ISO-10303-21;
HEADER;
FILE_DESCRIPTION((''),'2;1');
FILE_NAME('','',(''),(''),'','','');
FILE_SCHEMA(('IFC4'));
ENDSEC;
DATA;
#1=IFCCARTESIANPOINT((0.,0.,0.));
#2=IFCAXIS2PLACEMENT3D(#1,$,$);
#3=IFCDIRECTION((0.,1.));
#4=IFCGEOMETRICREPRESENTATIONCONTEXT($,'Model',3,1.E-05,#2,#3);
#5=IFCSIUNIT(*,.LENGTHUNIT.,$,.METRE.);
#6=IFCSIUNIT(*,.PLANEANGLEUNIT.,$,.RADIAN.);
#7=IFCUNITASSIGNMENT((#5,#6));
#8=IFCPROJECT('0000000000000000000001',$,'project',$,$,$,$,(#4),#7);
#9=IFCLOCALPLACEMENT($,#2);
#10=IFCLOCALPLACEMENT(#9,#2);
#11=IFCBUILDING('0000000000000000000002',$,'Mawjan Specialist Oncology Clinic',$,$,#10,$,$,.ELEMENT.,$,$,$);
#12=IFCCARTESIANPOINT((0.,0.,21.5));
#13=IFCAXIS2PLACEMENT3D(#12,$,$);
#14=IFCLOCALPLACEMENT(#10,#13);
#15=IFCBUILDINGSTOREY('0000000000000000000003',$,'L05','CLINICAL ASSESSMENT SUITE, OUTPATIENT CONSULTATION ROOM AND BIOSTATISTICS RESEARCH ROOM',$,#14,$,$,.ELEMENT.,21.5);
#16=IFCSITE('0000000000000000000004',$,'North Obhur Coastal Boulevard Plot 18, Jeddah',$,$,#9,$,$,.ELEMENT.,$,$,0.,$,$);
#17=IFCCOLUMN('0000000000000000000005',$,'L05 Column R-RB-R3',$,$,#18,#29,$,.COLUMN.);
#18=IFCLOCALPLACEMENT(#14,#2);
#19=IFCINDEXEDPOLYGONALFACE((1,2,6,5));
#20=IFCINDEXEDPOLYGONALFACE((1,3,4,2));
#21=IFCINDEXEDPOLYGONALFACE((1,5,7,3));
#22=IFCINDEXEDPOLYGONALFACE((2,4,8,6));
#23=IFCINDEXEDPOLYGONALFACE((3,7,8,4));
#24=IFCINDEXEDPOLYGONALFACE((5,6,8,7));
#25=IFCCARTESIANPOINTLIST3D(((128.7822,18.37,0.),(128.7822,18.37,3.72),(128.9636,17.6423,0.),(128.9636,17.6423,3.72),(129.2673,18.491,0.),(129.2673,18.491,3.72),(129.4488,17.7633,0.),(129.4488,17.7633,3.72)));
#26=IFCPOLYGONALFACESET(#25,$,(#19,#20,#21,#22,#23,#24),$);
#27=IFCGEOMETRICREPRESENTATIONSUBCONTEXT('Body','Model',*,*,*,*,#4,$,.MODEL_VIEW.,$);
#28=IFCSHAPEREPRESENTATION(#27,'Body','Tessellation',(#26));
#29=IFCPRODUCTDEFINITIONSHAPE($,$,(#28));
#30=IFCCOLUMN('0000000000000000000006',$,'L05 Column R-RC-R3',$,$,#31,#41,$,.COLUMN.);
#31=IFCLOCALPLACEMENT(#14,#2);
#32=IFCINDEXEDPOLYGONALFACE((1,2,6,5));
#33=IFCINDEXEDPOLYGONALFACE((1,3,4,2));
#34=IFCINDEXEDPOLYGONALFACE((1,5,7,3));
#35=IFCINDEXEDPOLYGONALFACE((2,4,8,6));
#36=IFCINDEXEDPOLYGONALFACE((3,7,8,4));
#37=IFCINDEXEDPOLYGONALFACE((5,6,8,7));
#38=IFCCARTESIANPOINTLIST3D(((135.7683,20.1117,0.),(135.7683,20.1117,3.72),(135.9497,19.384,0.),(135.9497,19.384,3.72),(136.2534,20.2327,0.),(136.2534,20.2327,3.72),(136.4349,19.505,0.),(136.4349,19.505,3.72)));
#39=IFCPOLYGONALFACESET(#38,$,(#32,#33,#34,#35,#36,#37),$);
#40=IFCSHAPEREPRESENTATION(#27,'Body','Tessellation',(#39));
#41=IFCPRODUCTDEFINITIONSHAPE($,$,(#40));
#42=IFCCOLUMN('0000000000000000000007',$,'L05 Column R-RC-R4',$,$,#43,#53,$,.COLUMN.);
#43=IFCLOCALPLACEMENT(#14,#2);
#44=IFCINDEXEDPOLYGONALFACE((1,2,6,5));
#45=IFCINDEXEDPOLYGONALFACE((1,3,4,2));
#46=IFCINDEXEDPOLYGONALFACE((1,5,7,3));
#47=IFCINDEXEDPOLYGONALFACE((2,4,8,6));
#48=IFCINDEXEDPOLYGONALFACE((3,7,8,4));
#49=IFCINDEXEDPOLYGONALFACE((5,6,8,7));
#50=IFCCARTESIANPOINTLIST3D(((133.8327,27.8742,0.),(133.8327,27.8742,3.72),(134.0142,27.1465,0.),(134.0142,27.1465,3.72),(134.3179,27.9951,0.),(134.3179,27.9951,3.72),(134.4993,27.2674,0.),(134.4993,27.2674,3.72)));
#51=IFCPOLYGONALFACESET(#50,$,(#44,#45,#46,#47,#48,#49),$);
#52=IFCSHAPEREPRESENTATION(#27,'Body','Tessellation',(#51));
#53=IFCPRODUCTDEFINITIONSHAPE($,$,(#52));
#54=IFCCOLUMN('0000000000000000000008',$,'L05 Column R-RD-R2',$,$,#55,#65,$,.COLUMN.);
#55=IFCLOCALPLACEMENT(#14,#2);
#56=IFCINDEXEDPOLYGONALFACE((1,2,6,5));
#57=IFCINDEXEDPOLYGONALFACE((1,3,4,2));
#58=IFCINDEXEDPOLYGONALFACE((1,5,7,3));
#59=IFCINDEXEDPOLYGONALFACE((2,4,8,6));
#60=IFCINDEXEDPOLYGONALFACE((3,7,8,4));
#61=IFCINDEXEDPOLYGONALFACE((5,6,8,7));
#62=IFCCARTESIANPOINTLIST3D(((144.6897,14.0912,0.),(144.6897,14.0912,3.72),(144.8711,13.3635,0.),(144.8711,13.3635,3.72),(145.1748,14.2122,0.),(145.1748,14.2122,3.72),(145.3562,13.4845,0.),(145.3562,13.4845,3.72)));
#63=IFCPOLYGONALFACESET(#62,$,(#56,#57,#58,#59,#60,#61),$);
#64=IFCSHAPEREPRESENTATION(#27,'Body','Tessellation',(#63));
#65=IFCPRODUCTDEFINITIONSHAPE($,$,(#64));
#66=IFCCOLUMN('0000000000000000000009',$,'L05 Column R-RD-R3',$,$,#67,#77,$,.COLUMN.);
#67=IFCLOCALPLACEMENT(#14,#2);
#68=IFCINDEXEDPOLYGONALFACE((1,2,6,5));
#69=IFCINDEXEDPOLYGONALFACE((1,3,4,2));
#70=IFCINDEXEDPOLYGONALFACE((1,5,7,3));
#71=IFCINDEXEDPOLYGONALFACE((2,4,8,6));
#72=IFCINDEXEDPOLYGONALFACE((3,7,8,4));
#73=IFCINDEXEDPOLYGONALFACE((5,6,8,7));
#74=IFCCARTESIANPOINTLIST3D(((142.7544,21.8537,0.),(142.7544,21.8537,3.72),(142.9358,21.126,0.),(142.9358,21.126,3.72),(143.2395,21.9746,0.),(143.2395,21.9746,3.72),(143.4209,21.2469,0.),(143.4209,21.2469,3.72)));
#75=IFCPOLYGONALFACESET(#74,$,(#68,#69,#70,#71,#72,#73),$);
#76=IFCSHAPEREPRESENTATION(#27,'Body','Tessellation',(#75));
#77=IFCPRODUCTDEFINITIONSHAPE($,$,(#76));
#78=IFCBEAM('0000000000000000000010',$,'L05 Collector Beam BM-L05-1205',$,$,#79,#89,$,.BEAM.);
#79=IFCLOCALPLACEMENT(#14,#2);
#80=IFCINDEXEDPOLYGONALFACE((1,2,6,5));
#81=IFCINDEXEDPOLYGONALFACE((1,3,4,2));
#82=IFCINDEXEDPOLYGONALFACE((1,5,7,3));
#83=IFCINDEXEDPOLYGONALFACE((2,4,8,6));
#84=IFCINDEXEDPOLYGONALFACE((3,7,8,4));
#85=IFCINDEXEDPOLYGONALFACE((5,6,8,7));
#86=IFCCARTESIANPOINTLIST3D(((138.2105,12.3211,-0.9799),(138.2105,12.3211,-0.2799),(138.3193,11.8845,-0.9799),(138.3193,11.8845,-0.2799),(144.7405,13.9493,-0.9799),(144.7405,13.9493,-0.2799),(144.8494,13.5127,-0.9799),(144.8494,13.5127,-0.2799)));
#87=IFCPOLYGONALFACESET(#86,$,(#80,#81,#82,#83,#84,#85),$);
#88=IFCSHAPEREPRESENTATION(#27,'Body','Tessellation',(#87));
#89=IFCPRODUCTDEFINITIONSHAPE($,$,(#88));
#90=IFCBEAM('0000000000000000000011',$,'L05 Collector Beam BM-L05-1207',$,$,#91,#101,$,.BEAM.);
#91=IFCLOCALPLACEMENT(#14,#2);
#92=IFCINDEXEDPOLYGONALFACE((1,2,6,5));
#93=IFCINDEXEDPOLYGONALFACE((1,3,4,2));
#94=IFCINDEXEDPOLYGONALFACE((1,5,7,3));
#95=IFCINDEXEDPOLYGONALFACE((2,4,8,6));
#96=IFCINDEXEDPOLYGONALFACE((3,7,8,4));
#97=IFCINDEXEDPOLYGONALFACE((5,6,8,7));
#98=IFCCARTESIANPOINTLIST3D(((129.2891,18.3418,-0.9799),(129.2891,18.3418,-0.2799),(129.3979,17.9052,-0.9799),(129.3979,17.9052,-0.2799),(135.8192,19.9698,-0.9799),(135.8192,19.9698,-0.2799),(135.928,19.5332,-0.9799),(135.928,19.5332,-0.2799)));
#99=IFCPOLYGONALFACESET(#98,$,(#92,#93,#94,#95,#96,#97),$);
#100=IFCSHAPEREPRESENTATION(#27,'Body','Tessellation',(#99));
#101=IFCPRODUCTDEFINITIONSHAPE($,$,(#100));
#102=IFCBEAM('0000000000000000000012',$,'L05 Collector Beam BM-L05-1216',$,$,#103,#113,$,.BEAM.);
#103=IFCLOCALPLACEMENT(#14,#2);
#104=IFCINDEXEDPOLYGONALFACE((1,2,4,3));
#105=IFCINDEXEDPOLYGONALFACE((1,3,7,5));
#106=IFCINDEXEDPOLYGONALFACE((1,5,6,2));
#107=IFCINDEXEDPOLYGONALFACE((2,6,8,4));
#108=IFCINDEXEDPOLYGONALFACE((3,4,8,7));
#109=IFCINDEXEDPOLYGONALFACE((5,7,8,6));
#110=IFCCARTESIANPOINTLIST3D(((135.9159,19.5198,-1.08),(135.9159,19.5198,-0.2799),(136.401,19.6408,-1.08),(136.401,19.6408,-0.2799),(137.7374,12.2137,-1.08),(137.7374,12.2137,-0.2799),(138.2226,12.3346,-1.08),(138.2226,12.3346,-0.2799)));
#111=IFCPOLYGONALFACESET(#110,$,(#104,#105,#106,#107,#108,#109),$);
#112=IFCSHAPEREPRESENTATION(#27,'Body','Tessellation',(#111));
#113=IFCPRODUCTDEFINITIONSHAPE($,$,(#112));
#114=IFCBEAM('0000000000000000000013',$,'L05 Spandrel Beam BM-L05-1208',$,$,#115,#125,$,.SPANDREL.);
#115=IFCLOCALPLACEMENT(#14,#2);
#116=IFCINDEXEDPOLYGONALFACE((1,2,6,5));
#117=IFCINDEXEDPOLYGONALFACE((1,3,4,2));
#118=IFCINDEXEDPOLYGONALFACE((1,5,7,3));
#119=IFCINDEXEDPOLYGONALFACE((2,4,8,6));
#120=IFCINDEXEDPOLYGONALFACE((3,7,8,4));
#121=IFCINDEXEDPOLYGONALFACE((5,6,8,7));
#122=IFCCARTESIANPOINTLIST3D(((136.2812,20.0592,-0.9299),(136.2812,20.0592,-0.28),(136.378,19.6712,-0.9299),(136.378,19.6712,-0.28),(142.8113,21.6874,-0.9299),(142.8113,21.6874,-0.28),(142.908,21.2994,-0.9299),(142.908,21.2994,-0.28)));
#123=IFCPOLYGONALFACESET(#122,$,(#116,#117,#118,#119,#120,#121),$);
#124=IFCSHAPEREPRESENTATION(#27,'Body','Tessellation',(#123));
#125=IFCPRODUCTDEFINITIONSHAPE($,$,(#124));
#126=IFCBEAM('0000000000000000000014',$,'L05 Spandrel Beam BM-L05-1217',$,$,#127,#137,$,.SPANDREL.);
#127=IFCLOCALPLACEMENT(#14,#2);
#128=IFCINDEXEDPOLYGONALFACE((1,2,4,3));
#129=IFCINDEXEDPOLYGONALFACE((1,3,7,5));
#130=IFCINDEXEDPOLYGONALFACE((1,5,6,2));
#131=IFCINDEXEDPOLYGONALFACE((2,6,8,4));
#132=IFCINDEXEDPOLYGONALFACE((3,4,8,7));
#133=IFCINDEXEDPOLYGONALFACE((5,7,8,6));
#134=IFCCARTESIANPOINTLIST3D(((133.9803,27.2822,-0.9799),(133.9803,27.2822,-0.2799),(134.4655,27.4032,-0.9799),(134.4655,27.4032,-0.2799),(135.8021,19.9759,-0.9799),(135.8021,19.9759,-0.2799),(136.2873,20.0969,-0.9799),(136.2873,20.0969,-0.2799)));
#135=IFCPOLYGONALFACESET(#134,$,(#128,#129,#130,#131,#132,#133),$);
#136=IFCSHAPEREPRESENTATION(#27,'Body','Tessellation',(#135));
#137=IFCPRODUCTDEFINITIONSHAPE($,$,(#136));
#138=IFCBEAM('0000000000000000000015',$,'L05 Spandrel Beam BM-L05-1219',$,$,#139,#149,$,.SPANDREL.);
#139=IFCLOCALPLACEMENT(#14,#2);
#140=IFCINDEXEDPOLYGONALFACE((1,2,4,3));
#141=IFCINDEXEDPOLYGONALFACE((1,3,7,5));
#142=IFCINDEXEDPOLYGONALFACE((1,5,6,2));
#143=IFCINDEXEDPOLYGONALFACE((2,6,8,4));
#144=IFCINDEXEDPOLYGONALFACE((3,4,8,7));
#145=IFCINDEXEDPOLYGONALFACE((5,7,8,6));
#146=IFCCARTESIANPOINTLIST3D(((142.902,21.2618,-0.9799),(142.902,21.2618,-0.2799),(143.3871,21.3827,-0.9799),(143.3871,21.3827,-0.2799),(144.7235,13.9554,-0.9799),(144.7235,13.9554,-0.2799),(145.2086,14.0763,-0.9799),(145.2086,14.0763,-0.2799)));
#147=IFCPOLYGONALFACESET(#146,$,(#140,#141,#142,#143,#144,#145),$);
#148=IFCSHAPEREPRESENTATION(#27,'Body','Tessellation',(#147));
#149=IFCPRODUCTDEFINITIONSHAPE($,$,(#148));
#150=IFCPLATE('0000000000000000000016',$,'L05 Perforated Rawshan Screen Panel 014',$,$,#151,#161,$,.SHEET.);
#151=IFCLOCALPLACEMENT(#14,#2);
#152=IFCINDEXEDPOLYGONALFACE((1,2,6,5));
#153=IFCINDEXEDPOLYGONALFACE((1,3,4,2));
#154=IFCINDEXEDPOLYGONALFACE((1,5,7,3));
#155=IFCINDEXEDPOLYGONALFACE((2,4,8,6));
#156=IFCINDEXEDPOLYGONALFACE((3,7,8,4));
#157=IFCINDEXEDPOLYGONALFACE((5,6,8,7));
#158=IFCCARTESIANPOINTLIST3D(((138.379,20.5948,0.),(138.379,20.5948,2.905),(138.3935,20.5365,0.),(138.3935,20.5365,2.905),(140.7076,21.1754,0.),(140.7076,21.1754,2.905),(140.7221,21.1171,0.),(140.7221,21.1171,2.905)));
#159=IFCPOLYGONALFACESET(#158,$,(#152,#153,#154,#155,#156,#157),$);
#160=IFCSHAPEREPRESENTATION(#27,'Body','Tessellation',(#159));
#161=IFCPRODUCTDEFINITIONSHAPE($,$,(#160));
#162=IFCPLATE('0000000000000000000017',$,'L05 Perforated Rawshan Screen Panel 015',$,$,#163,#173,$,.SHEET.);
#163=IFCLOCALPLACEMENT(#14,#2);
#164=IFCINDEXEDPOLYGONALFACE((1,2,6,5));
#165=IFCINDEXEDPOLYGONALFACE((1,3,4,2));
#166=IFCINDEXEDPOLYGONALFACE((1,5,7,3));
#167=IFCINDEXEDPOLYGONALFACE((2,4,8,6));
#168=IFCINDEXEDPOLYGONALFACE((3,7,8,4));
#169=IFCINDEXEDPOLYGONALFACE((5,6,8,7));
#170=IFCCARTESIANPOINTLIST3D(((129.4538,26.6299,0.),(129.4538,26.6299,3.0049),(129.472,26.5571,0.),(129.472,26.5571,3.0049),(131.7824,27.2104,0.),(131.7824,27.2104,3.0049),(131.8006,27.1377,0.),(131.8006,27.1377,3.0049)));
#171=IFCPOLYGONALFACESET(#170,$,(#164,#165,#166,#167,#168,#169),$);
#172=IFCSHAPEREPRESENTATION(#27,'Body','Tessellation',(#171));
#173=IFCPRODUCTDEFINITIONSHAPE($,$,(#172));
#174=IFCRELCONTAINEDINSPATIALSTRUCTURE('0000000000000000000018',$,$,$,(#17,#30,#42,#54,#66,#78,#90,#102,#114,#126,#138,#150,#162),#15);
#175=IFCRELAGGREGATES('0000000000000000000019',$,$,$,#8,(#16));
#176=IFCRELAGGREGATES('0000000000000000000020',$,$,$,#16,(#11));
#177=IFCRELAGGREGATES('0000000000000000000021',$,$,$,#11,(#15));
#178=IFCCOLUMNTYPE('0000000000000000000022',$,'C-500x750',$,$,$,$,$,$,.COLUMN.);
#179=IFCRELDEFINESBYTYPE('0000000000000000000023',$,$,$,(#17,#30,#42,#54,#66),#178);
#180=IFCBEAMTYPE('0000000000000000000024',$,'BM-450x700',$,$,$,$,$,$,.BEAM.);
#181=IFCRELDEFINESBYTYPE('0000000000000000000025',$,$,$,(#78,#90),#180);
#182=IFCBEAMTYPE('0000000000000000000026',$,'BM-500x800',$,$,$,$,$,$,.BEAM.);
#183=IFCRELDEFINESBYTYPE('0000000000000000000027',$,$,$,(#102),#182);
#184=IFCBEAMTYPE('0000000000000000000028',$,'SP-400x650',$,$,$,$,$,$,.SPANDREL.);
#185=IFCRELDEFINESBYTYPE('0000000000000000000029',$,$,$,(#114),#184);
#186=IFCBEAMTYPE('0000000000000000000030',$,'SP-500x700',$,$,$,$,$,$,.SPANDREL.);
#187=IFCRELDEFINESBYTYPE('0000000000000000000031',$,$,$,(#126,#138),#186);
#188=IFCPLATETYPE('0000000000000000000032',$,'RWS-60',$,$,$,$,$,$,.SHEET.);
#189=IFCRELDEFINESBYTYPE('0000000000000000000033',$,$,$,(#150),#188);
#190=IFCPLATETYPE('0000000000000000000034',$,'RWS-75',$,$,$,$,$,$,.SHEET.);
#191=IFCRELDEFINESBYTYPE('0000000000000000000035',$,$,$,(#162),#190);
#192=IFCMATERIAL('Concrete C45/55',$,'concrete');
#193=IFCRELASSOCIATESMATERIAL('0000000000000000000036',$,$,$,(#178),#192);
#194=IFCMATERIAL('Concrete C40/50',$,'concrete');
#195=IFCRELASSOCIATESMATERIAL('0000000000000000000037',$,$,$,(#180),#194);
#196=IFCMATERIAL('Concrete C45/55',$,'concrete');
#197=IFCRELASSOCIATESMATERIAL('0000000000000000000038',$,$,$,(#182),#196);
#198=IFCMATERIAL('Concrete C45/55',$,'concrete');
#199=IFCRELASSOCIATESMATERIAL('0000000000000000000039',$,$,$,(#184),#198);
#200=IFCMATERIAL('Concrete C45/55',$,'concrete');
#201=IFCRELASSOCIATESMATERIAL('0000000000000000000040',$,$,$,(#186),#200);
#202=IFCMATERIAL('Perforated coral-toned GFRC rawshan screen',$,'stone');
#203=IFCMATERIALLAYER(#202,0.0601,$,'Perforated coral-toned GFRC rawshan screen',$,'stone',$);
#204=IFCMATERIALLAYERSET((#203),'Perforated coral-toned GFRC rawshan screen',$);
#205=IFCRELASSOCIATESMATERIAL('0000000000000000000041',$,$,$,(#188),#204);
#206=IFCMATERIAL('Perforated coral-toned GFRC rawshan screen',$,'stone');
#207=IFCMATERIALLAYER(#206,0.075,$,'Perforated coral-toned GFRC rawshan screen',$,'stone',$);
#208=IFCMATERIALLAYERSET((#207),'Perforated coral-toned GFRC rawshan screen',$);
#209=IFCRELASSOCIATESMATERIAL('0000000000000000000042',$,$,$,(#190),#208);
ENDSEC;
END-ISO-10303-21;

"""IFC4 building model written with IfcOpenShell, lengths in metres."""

from ifc_helpers import new_model, si_unit, direction, frame, origin, origin_2d, place, context, subcontext, project, spatial, rectangle, extrude, material, layer, layer_set, material_profile, profile_set, type_object, element, save


model = new_model("IFC4")

# Units and contexts
model_context = context("Model", 3, precision=1e-05, world=origin(), true_north=direction((0.0, 1.0)))
body_context = subcontext(model_context, "Body", "Model", "MODEL_VIEW")
ifc_project = project(units=[si_unit("LENGTHUNIT", "METRE"), si_unit("PLANEANGLEUNIT", "RADIAN")], contexts=[model_context])

# Site, building, storey
site_placement = place(None, origin())
site = spatial("IfcSite", under=ifc_project, at=site_placement, Name="North Obhur Coastal Boulevard Plot 18, Jeddah", CompositionType="ELEMENT", RefElevation=0.0)
building_placement = place(site_placement, origin())
building = spatial("IfcBuilding", under=site, at=building_placement, Name="Mawjan Specialist Oncology Clinic", CompositionType="ELEMENT")
storey_placement = place(building_placement, frame((0.0, 0.0, 21.5)))
storey = spatial("IfcBuildingStorey", under=building, at=storey_placement, Name="L05", Description="CLINICAL ASSESSMENT SUITE, OUTPATIENT CONSULTATION ROOM AND BIOSTATISTICS RESEARCH ROOM", CompositionType="ELEMENT", Elevation=21.5)

# Columns
ifc_material_1 = material(Name="Concrete C45/55", Category="concrete")
ifc_material_profile_1 = material_profile(ifc_material_1, rectangle(XDim=0.5, YDim=0.75, at=origin_2d()), Name="RC COL 500x750", Category="concrete")
ifc_profile_set_1 = profile_set([ifc_material_profile_1], Name="Concrete C45/55")
column_type = type_object("IfcColumnType", Name="C-500x750", PredefinedType="COLUMN", material=ifc_profile_set_1)
for number, where, z_axis, x_axis, name in (
    (1, (129.1155, 18.0667, 0.0), (0.0, 0.0, 1.0), (0.970296, 0.241922, 0.0), "L05 Column R-RB-R3"),
    (2, (136.1016, 19.8083, 0.0), (0.0, 0.0, 1.0), (0.970296, 0.241922, 0.0), "L05 Column R-RC-R3"),
    (3, (134.166, 27.5708, 0.0), (0.0, 0.0, 1.0), (0.970296, 0.241922, 0.0), "L05 Column R-RC-R4"),
    (4, (145.0229, 13.7878, 0.0), (0.0, 0.0, 1.0), (0.970296, 0.241922, 0.0), "L05 Column R-RD-R2"),
    (5, (143.0876, 21.5503, 0.0), (0.0, 0.0, 1.0), (0.970296, 0.241922, 0.0), "L05 Column R-RD-R3"),
):
    element("IfcColumn", number, at=place(storey_placement, frame(where, z_axis=z_axis, x_axis=x_axis)), inside=storey, type_object=column_type, Name=name, PredefinedType="COLUMN", context=body_context, shape_type="SweptSolid", body=[
        extrude(rectangle(XDim=0.5, YDim=0.75, at=origin_2d()), origin(), (0.0, 0.0, 1.0), 3.72),
    ])

# Beams
ifc_material_2 = material(Name="Concrete C40/50", Category="concrete")
ifc_material_profile_2 = material_profile(ifc_material_2, rectangle(XDim=0.45, YDim=0.7, at=origin_2d()), Name="RC BM 450x700", Category="concrete")
ifc_profile_set_2 = profile_set([ifc_material_profile_2], Name="Concrete C40/50")
beam_type_1 = type_object("IfcBeamType", Name="BM-450x700", PredefinedType="BEAM", material=ifc_profile_set_2)
for number, where, z_axis, x_axis, name in (
    (6, (138.2649, 12.1028, -0.6299), (0.970294, 0.24193, 0.0), (-0.24193, 0.970294, 0.0), "L05 Collector Beam BM-L05-1205"),
    (7, (129.3435, 18.1235, -0.6299), (0.970302, 0.241895, 0.0), (-0.241895, 0.970302, 0.0), "L05 Collector Beam BM-L05-1207"),
):
    element("IfcBeam", number, at=place(storey_placement, frame(where, z_axis=z_axis, x_axis=x_axis)), inside=storey, type_object=beam_type_1, Name=name, PredefinedType="BEAM", context=body_context, shape_type="SweptSolid", body=[
        extrude(rectangle(XDim=0.45, YDim=0.7, at=origin_2d()), origin(), (0.0, 0.0, 1.0), 6.73),
    ])
ifc_material_3 = material(Name="Concrete C45/55", Category="concrete")
ifc_material_profile_3 = material_profile(ifc_material_3, rectangle(XDim=0.5, YDim=0.8, at=origin_2d()), Name="RC BM 500x800", Category="concrete")
ifc_profile_set_3 = profile_set([ifc_material_profile_3], Name="Concrete C45/55")
beam_type_2 = type_object("IfcBeamType", Name="BM-500x800", PredefinedType="BEAM", material=ifc_profile_set_3)
beam_1_placement = place(storey_placement, frame((137.98, 12.2742, -0.6799), z_axis=(-0.24191, 0.970299, 0.0), x_axis=(-0.970299, -0.24191, 0.0)))
element("IfcBeam", 8, at=beam_1_placement, inside=storey, type_object=beam_type_2, Name="L05 Collector Beam BM-L05-1216", PredefinedType="BEAM", context=body_context, shape_type="SweptSolid", body=[
    extrude(rectangle(XDim=0.5, YDim=0.8, at=origin_2d()), origin(), (0.0, 0.0, 1.0), 7.5298),
])
ifc_material_4 = material(Name="Concrete C45/55", Category="concrete")
ifc_material_profile_4 = material_profile(ifc_material_4, rectangle(XDim=0.3999, YDim=0.6499, at=origin_2d()), Name="RC BM 400x650", Category="concrete")
ifc_profile_set_4 = profile_set([ifc_material_profile_4], Name="Concrete C45/55")
beam_type_3 = type_object("IfcBeamType", Name="SP-400x650", PredefinedType="SPANDREL", material=ifc_profile_set_4)
beam_2_placement = place(storey_placement, frame((136.3296, 19.8652, -0.605), z_axis=(0.970294, 0.24193, 0.0), x_axis=(-0.24193, 0.970294, 0.0)))
element("IfcBeam", 9, at=beam_2_placement, inside=storey, type_object=beam_type_3, Name="L05 Spandrel Beam BM-L05-1208", PredefinedType="SPANDREL", context=body_context, shape_type="SweptSolid", body=[
    extrude(rectangle(XDim=0.3999, YDim=0.6499, at=origin_2d()), origin(), (0.0, 0.0, 1.0), 6.73),
])
ifc_material_5 = material(Name="Concrete C45/55", Category="concrete")
ifc_material_profile_5 = material_profile(ifc_material_5, rectangle(XDim=0.5, YDim=0.7, at=origin_2d()), Name="RC BM 500x700", Category="concrete")
ifc_profile_set_5 = profile_set([ifc_material_profile_5], Name="Concrete C45/55")
beam_type_4 = type_object("IfcBeamType", Name="SP-500x700", PredefinedType="SPANDREL", material=ifc_profile_set_5)
for number, where, z_axis, x_axis, name in (
    (10, (136.0447, 20.0364, -0.6299), (-0.241933, 0.970293, 0.0), (-0.970293, -0.241933, 0.0), "L05 Spandrel Beam BM-L05-1217"),
    (11, (144.9661, 14.0159, -0.6299), (-0.241902, 0.970301, 0.0), (-0.970301, -0.241902, 0.0), "L05 Spandrel Beam BM-L05-1219"),
):
    element("IfcBeam", number, at=place(storey_placement, frame(where, z_axis=z_axis, x_axis=x_axis)), inside=storey, type_object=beam_type_4, Name=name, PredefinedType="SPANDREL", context=body_context, shape_type="SweptSolid", body=[
        extrude(rectangle(XDim=0.5, YDim=0.7, at=origin_2d()), origin(), (0.0, 0.0, 1.0), 7.53),
    ])

# Plates
ifc_material_6 = material(Name="Perforated coral-toned GFRC rawshan screen", Category="stone")
ifc_layer_1 = layer(ifc_material_6, 0.0601, Name="Perforated coral-toned GFRC rawshan screen", Category="stone")
ifc_layer_set_1 = layer_set([ifc_layer_1], Name="Perforated coral-toned GFRC rawshan screen")
plate_type_1 = type_object("IfcPlateType", Name="RWS-60", PredefinedType="SHEET", material=ifc_layer_set_1)
plate_1_placement = place(storey_placement, frame((139.5505, 20.856, 0.0), z_axis=(0.0, 0.0, 1.0), x_axis=(0.970296, 0.241922, 0.0)))
element("IfcPlate", 12, at=plate_1_placement, inside=storey, type_object=plate_type_1, Name="L05 Perforated Rawshan Screen Panel 014", PredefinedType="SHEET", context=body_context, shape_type="SweptSolid", body=[
    extrude(rectangle(XDim=2.3999, YDim=0.0601, at=origin_2d()), origin(), (0.0, 0.0, 1.0), 2.905),
])
ifc_material_7 = material(Name="Perforated coral-toned GFRC rawshan screen", Category="stone")
ifc_layer_2 = layer(ifc_material_7, 0.075, Name="Perforated coral-toned GFRC rawshan screen", Category="stone")
ifc_layer_set_2 = layer_set([ifc_layer_2], Name="Perforated coral-toned GFRC rawshan screen")
plate_type_2 = type_object("IfcPlateType", Name="RWS-75", PredefinedType="SHEET", material=ifc_layer_set_2)
plate_2_placement = place(storey_placement, frame((130.6272, 26.8838, 0.0), z_axis=(0.0, 0.0, 1.0), x_axis=(0.970296, 0.241922, 0.0)))
element("IfcPlate", 13, at=plate_2_placement, inside=storey, type_object=plate_type_2, Name="L05 Perforated Rawshan Screen Panel 015", PredefinedType="SHEET", context=body_context, shape_type="SweptSolid", body=[
    extrude(rectangle(XDim=2.3999, YDim=0.075, at=origin_2d()), origin(), (0.0, 0.0, 1.0), 3.0049),
])

save(model, "model.ifc")
